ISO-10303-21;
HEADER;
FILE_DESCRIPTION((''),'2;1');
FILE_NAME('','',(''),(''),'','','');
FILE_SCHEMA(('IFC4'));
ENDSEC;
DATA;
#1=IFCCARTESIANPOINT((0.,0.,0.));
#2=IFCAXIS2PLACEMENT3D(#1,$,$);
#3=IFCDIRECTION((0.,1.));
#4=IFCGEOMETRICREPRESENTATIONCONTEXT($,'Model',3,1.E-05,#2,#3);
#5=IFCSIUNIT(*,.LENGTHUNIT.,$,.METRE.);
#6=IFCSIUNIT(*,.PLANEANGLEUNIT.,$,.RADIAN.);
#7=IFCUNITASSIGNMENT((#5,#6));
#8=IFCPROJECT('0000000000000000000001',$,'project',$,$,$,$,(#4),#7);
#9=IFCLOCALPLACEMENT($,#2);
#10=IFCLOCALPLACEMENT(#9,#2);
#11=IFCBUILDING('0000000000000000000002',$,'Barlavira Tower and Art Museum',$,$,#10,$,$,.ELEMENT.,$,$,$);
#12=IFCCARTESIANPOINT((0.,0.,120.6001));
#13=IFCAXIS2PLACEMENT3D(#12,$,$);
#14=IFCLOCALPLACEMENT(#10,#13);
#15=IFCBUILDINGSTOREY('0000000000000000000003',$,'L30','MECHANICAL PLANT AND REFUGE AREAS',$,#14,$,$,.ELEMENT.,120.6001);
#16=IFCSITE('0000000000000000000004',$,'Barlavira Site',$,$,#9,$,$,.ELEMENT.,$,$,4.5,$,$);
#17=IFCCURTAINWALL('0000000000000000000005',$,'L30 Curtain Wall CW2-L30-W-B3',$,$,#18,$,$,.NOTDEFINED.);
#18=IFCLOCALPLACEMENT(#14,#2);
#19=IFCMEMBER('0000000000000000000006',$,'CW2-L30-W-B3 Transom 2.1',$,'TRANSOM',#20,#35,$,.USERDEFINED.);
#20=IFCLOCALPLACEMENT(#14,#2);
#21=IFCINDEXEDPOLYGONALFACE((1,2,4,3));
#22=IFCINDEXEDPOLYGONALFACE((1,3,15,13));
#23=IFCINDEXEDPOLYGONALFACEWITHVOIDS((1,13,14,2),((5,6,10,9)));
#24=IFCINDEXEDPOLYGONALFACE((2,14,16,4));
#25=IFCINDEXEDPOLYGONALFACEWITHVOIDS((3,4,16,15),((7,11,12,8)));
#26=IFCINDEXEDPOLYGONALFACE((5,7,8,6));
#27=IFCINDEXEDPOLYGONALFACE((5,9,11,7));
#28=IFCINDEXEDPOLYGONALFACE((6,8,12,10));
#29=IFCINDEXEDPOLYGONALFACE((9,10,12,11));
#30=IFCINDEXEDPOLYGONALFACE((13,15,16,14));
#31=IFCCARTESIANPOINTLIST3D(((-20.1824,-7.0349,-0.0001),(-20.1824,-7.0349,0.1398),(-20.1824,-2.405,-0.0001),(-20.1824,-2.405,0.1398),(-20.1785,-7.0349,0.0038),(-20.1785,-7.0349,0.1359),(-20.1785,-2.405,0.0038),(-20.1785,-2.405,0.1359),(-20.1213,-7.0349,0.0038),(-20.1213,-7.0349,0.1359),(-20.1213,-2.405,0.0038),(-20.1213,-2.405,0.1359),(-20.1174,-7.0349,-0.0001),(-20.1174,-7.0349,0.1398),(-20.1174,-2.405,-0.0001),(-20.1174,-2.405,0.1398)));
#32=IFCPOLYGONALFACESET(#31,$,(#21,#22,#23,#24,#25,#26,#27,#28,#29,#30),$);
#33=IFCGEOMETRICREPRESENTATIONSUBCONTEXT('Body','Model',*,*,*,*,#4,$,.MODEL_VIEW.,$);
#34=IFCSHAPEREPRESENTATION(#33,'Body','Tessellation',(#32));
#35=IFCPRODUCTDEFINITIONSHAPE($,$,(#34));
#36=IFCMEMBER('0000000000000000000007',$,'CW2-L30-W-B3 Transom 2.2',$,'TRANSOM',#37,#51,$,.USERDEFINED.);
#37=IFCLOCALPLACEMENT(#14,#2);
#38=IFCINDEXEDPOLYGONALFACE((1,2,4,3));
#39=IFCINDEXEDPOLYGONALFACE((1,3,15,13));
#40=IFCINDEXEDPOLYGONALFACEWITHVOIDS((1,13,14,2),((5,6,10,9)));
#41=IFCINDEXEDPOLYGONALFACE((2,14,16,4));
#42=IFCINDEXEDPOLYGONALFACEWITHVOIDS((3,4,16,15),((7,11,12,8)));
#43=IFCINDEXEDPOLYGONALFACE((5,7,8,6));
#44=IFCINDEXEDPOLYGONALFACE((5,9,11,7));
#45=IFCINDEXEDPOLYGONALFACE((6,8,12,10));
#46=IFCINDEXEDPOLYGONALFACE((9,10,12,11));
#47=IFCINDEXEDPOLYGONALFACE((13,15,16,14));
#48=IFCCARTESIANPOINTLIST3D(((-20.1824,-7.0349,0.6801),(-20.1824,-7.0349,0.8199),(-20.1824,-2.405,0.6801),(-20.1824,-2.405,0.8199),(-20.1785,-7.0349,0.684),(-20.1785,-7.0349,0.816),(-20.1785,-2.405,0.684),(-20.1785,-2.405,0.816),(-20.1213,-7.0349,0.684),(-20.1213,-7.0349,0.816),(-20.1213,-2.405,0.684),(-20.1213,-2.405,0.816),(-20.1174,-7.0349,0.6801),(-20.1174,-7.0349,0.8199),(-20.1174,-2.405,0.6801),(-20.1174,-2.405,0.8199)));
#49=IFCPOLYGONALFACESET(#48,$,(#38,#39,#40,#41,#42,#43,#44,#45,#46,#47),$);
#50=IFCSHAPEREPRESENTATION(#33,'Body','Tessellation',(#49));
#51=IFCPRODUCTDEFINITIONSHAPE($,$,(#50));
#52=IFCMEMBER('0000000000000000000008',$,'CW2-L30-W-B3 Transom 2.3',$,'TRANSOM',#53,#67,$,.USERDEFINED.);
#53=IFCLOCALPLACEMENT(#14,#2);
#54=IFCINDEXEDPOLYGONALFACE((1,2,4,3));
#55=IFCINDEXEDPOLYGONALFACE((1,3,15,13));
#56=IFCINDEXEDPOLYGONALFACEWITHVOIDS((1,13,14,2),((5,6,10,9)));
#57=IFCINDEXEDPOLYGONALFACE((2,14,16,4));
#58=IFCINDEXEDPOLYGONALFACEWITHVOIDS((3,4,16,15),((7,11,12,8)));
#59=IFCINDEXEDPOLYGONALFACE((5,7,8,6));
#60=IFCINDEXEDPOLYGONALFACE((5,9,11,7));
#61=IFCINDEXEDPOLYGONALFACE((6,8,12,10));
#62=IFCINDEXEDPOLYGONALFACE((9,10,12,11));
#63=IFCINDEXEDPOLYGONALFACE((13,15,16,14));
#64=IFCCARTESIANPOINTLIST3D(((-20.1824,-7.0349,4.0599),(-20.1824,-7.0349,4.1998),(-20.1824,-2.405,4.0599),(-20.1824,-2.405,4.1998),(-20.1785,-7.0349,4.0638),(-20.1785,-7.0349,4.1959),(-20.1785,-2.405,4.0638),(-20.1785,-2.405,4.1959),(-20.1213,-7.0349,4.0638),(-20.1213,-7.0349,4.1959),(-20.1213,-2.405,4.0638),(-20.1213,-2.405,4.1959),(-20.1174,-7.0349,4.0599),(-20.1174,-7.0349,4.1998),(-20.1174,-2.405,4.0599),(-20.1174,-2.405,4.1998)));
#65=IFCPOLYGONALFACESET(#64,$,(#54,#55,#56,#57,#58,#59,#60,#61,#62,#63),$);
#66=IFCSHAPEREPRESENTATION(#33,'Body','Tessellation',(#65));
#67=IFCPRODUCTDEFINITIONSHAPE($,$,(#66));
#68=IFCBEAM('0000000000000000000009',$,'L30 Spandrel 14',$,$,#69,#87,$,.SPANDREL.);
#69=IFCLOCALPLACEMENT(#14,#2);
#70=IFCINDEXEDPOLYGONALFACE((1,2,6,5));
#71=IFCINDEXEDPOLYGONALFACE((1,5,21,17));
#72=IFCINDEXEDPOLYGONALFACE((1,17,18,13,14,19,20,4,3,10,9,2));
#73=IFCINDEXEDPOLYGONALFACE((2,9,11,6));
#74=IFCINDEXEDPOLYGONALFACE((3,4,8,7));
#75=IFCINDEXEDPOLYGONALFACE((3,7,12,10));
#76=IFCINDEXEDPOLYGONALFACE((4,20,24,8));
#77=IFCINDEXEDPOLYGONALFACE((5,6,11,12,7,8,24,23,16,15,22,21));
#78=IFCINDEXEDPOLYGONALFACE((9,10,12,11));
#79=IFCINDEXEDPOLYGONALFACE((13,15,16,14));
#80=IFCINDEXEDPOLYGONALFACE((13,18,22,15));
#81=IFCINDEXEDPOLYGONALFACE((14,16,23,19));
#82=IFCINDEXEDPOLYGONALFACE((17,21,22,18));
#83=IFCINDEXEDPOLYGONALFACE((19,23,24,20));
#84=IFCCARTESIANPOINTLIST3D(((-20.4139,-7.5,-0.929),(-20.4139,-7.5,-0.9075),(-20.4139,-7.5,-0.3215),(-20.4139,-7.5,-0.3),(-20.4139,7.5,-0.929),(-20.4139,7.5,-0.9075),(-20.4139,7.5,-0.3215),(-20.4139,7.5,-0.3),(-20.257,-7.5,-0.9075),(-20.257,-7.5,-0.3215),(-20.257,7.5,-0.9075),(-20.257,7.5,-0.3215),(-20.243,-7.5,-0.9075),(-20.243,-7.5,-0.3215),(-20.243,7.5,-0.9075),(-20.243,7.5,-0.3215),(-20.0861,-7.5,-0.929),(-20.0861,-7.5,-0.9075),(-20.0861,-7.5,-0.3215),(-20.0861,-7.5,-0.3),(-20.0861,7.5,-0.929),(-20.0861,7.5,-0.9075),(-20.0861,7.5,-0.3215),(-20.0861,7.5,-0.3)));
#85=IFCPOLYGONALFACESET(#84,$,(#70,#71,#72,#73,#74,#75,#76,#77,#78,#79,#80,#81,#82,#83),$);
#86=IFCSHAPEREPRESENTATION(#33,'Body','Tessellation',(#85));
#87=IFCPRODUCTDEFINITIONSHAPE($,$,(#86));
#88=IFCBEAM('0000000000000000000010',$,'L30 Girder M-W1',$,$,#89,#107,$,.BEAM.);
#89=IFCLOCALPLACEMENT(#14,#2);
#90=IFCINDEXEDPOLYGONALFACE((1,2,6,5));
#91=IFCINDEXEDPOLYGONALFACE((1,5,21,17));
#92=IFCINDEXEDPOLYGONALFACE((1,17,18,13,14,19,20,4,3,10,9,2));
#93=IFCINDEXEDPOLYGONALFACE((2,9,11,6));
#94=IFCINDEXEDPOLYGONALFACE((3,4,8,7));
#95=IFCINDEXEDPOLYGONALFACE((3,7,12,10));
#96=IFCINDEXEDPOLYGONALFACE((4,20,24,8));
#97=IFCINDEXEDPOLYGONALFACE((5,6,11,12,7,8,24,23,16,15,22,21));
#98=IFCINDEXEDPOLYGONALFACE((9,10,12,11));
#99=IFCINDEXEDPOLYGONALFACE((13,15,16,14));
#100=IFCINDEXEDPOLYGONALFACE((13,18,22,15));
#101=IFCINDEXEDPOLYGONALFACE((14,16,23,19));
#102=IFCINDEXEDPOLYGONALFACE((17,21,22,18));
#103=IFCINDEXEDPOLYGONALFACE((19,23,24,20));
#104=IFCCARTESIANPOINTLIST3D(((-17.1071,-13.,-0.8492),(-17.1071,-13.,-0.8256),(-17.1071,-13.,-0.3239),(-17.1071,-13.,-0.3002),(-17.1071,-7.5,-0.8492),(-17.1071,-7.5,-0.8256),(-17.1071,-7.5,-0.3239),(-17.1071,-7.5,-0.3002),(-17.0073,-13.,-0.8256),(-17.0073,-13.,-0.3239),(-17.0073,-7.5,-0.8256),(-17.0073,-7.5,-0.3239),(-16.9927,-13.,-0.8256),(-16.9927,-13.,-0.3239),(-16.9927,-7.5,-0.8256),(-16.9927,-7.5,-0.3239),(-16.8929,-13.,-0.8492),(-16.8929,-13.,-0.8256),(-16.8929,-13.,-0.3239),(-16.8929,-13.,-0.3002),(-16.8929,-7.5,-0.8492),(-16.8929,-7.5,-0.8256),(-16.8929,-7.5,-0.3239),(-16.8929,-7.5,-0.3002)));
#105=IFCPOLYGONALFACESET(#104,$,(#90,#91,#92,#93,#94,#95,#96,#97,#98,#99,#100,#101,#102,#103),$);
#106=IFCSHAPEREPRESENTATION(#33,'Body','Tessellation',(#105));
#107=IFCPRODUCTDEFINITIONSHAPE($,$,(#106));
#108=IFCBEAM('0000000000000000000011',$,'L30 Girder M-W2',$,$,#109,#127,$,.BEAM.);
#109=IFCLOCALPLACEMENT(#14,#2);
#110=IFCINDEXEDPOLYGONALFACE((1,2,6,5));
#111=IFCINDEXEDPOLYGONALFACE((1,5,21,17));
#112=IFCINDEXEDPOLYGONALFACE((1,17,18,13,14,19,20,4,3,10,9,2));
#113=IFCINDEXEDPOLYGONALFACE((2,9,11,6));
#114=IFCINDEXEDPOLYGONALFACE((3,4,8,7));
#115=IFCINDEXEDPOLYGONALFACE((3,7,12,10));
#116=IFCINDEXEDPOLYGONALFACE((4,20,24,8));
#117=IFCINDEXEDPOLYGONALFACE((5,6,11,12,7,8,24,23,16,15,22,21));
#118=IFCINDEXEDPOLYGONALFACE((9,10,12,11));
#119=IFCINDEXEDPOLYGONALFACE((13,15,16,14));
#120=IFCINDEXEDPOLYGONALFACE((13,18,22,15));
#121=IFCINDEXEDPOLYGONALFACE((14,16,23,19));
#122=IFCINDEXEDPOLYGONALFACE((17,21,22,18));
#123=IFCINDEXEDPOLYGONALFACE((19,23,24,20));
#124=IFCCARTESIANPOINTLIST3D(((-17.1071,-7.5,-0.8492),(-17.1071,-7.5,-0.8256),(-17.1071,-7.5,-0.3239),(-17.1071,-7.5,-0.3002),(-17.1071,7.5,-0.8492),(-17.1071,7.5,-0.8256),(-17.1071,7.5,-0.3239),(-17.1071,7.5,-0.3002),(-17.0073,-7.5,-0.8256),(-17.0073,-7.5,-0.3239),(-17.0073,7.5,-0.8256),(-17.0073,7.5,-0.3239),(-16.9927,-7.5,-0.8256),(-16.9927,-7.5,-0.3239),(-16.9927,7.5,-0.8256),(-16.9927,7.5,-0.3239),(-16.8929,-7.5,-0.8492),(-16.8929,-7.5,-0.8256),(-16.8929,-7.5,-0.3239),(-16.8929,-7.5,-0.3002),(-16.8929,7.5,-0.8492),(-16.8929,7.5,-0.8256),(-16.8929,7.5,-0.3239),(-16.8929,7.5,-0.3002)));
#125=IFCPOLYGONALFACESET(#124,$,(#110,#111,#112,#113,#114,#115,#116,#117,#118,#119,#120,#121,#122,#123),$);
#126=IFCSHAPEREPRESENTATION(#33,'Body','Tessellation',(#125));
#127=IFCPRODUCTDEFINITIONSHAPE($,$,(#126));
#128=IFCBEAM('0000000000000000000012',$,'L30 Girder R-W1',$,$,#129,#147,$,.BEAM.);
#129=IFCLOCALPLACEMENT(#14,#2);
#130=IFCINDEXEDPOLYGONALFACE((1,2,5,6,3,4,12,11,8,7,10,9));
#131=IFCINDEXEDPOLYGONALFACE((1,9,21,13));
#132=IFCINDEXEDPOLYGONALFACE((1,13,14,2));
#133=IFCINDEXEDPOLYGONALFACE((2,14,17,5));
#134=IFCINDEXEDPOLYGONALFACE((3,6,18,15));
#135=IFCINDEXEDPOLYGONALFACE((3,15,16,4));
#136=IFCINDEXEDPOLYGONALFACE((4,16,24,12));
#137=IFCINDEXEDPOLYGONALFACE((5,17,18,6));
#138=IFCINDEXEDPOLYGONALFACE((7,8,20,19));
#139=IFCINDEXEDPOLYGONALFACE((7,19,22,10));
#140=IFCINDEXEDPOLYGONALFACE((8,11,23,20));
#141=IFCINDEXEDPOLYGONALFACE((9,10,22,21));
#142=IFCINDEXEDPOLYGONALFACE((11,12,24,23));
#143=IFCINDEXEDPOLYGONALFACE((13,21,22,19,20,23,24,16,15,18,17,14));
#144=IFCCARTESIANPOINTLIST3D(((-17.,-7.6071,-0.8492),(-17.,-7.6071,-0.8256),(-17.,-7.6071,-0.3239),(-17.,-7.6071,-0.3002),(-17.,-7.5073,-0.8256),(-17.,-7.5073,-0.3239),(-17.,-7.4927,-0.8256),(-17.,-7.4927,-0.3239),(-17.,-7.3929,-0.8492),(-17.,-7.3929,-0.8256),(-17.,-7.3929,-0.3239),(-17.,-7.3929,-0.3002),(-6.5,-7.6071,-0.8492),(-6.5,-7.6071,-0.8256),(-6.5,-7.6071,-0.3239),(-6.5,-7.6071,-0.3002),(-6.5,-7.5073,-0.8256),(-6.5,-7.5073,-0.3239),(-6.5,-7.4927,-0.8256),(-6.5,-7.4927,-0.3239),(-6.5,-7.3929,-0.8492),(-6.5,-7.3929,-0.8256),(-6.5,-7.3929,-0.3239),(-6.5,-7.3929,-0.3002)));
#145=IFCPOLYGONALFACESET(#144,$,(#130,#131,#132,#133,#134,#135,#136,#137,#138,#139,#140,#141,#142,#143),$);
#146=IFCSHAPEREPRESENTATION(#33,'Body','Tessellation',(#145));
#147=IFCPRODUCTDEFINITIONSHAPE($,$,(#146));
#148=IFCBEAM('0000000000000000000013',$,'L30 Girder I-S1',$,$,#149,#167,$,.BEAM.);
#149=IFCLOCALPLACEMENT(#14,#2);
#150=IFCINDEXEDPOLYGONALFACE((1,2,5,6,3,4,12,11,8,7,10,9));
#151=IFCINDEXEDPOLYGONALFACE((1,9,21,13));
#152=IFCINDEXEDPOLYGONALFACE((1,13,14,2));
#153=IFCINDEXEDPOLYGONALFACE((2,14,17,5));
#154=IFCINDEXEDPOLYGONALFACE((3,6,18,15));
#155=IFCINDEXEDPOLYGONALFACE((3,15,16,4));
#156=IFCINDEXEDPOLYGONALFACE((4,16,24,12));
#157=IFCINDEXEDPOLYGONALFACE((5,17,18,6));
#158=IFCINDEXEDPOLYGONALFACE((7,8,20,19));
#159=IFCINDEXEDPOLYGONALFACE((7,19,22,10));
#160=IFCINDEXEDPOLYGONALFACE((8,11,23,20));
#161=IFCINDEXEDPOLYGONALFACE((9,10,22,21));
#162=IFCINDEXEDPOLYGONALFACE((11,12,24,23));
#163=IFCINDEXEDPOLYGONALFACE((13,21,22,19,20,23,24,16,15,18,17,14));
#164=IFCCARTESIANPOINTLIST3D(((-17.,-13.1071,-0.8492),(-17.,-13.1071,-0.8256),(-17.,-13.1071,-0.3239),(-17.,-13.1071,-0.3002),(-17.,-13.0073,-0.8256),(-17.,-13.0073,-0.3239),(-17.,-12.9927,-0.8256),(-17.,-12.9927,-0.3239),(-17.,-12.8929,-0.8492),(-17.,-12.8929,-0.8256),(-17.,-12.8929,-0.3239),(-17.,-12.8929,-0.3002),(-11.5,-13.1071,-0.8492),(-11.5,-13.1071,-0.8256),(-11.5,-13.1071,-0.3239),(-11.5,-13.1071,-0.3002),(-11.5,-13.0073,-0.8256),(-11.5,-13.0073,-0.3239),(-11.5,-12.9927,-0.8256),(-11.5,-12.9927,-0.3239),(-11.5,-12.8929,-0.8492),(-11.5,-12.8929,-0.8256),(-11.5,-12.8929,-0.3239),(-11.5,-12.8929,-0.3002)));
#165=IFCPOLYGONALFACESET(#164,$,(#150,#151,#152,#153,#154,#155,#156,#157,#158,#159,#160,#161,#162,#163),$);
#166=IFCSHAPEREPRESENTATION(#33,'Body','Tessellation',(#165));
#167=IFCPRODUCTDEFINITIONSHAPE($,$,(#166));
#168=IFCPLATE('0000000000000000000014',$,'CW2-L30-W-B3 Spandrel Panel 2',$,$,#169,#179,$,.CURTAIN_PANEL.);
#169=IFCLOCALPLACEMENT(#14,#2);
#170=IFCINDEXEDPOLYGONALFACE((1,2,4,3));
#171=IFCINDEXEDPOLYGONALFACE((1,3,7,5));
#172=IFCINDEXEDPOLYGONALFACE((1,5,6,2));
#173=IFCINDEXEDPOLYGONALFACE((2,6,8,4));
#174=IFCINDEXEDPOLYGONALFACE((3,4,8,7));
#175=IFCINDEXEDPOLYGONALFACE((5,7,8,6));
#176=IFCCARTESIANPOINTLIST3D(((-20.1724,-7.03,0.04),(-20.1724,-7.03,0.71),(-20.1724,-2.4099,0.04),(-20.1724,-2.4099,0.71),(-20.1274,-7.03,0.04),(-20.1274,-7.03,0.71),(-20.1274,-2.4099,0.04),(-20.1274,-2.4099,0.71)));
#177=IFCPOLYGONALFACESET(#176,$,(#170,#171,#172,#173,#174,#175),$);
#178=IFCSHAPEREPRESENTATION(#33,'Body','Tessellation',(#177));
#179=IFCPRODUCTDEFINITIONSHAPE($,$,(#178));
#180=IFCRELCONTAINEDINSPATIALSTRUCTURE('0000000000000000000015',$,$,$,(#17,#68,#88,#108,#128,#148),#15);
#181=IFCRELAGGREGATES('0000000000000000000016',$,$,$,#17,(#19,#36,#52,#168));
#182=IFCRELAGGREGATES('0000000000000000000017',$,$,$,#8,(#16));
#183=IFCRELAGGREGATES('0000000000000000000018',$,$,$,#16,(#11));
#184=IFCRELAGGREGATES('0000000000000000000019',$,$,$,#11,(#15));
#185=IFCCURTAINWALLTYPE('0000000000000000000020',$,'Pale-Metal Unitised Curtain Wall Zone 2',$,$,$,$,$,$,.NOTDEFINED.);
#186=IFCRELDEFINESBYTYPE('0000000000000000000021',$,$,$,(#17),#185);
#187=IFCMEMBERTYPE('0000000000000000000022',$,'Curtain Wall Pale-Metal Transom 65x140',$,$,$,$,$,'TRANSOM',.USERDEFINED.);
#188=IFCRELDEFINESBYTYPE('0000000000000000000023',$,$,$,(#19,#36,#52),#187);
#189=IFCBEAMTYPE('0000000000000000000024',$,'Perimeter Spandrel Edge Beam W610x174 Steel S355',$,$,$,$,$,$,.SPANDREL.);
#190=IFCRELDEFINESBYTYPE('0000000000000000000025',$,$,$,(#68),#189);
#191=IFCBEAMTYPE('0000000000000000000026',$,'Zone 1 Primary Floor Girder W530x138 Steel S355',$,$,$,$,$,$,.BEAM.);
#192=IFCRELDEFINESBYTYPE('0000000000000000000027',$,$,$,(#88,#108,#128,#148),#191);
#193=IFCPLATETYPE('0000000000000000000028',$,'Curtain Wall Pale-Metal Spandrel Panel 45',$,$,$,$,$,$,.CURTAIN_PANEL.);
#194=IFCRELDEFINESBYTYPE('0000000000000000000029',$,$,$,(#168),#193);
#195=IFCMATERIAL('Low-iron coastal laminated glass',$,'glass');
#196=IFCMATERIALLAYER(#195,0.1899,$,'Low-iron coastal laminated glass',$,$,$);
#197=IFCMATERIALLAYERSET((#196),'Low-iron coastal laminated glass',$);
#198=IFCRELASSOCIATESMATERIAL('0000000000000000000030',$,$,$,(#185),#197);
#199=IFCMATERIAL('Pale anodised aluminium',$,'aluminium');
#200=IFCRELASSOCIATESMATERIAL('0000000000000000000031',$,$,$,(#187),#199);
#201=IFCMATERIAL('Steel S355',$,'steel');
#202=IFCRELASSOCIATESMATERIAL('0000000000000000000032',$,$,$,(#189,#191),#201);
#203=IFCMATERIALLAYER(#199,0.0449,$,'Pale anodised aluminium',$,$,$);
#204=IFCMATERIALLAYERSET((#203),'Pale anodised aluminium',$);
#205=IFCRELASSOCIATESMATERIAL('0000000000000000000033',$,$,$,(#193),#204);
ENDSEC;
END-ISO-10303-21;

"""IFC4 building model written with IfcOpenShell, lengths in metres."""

from ifc_helpers import new_model, si_unit, direction, frame, origin, origin_2d, place, context, subcontext, project, spatial, rectangle, hollow_rectangle, i_section, extrude, material, layer, layer_set, material_profile, profile_set, type_object, element, aggregate, save


model = new_model("IFC4")

# Units and contexts
model_context = context("Model", 3, precision=1e-05, world=origin(), true_north=direction((0.0, 1.0)))
body_context = subcontext(model_context, "Body", "Model", "MODEL_VIEW")
ifc_project = project(units=[si_unit("LENGTHUNIT", "METRE"), si_unit("PLANEANGLEUNIT", "RADIAN")], contexts=[model_context])

# Site, building, storey
site_placement = place(None, origin())
site = spatial("IfcSite", under=ifc_project, at=site_placement, Name="Barlavira Site", CompositionType="ELEMENT", RefElevation=4.5)
building_placement = place(site_placement, origin())
building = spatial("IfcBuilding", under=site, at=building_placement, Name="Barlavira Tower and Art Museum", CompositionType="ELEMENT")
storey_placement = place(building_placement, frame((0.0, 0.0, 120.6001)))
storey = spatial("IfcBuildingStorey", under=building, at=storey_placement, Name="L30", Description="MECHANICAL PLANT AND REFUGE AREAS", CompositionType="ELEMENT", Elevation=120.6001)

# Shared definitions
ifc_material_1 = material(Name="Steel S355", Category="steel")

# Curtain wall, members
ifc_material_2 = material(Name="Low-iron coastal laminated glass", Category="glass")
ifc_layer_1 = layer(ifc_material_2, 0.1899, Name="Low-iron coastal laminated glass")
ifc_layer_set_1 = layer_set([ifc_layer_1], Name="Low-iron coastal laminated glass")
curtain_wall_type = type_object("IfcCurtainWallType", Name="Pale-Metal Unitised Curtain Wall Zone 2", PredefinedType="NOTDEFINED", material=ifc_layer_set_1)
curtain_wall_placement = place(storey_placement, origin())
curtain_wall = element("IfcCurtainWall", 1, at=curtain_wall_placement, inside=storey, type_object=curtain_wall_type, Name="L30 Curtain Wall CW2-L30-W-B3", PredefinedType="NOTDEFINED")
ifc_material_3 = material(Name="Pale anodised aluminium", Category="aluminium")
ifc_material_profile_1 = material_profile(ifc_material_3, hollow_rectangle(XDim=0.0649, YDim=0.1399, WallThickness=0.0039, at=origin_2d()), Name="ALU-TRAN 65x140x4")
ifc_profile_set_1 = profile_set([ifc_material_profile_1], Name="Pale anodised aluminium")
member_type_1 = type_object("IfcMemberType", Name="Curtain Wall Pale-Metal Transom 65x140", ElementType="TRANSOM", PredefinedType="USERDEFINED", material=ifc_profile_set_1)
member_1_placement = place(storey_placement, frame((-20.1499, -2.405, 0.0698), z_axis=(0.0, -1.0, 0.0), x_axis=(1.0, 0.0, 0.0)))
member_1 = element("IfcMember", 2, at=member_1_placement, type_object=member_type_1, Name="CW2-L30-W-B3 Transom 2.1", ObjectType="TRANSOM", PredefinedType="USERDEFINED", context=body_context, shape_type="SweptSolid", body=[
    extrude(hollow_rectangle(XDim=0.0649, YDim=0.1399, WallThickness=0.0039, at=origin_2d()), origin(), (0.0, 0.0, 1.0), 4.6299),
])
member_2_placement = place(storey_placement, frame((-20.1499, -2.405, 0.75), z_axis=(0.0, -1.0, 0.0), x_axis=(1.0, 0.0, 0.0)))
member_2 = element("IfcMember", 3, at=member_2_placement, type_object=member_type_1, Name="CW2-L30-W-B3 Transom 2.2", ObjectType="TRANSOM", PredefinedType="USERDEFINED", context=body_context, shape_type="SweptSolid", body=[
    extrude(hollow_rectangle(XDim=0.0649, YDim=0.1399, WallThickness=0.0039, at=origin_2d()), origin(), (0.0, 0.0, 1.0), 4.6299),
])
member_3_placement = place(storey_placement, frame((-20.1499, -2.405, 4.1299), z_axis=(0.0, -1.0, 0.0), x_axis=(1.0, 0.0, 0.0)))
member_3 = element("IfcMember", 4, at=member_3_placement, type_object=member_type_1, Name="CW2-L30-W-B3 Transom 2.3", ObjectType="TRANSOM", PredefinedType="USERDEFINED", context=body_context, shape_type="SweptSolid", body=[
    extrude(hollow_rectangle(XDim=0.0649, YDim=0.1399, WallThickness=0.0039, at=origin_2d()), origin(), (0.0, 0.0, 1.0), 4.6299),
])

# Beams
ifc_material_profile_2 = material_profile(ifc_material_1, i_section(OverallWidth=0.3279, OverallDepth=0.6289, WebThickness=0.0139, FlangeThickness=0.0215, at=origin_2d()), Name="W610x174.0")
ifc_profile_set_2 = profile_set([ifc_material_profile_2], Name="Steel S355")
beam_type_1 = type_object("IfcBeamType", Name="Perimeter Spandrel Edge Beam W610x174 Steel S355", PredefinedType="SPANDREL", material=ifc_profile_set_2)
beam_1_placement = place(storey_placement, frame((-20.25, -7.5, -0.6145), z_axis=(0.0, 1.0, 0.0), x_axis=(-1.0, 0.0, 0.0)))
element("IfcBeam", 5, at=beam_1_placement, inside=storey, type_object=beam_type_1, Name="L30 Spandrel 14", PredefinedType="SPANDREL", context=body_context, shape_type="SweptSolid", body=[
    extrude(i_section(OverallWidth=0.3279, OverallDepth=0.6289, WebThickness=0.0139, FlangeThickness=0.0215, at=origin_2d()), origin(), (0.0, 0.0, 1.0), 15.0),
])
ifc_material_profile_3 = material_profile(ifc_material_1, i_section(OverallWidth=0.2141, OverallDepth=0.5491, WebThickness=0.0146, FlangeThickness=0.0237, at=origin_2d()), Name="W530x138.0")
ifc_profile_set_3 = profile_set([ifc_material_profile_3], Name="Steel S355")
beam_type_2 = type_object("IfcBeamType", Name="Zone 1 Primary Floor Girder W530x138 Steel S355", PredefinedType="BEAM", material=ifc_profile_set_3)
beam_2_placement = place(storey_placement, frame((-17.0, -13.0, -0.5747), z_axis=(0.0, 1.0, 0.0), x_axis=(-1.0, 0.0, 0.0)))
element("IfcBeam", 6, at=beam_2_placement, inside=storey, type_object=beam_type_2, Name="L30 Girder M-W1", PredefinedType="BEAM", context=body_context, shape_type="SweptSolid", body=[
    extrude(i_section(OverallWidth=0.2141, OverallDepth=0.5491, WebThickness=0.0146, FlangeThickness=0.0237, at=origin_2d()), origin(), (0.0, 0.0, 1.0), 5.5),
])
beam_3_placement = place(storey_placement, frame((-17.0, -7.5, -0.5747), z_axis=(0.0, 1.0, 0.0), x_axis=(-1.0, 0.0, 0.0)))
element("IfcBeam", 7, at=beam_3_placement, inside=storey, type_object=beam_type_2, Name="L30 Girder M-W2", PredefinedType="BEAM", context=body_context, shape_type="SweptSolid", body=[
    extrude(i_section(OverallWidth=0.2141, OverallDepth=0.5491, WebThickness=0.0146, FlangeThickness=0.0237, at=origin_2d()), origin(), (0.0, 0.0, 1.0), 15.0),
])
beam_4_placement = place(storey_placement, frame((-17.0, -7.5, -0.5747), z_axis=(1.0, 0.0, 0.0), x_axis=(0.0, 1.0, 0.0)))
element("IfcBeam", 8, at=beam_4_placement, inside=storey, type_object=beam_type_2, Name="L30 Girder R-W1", PredefinedType="BEAM", context=body_context, shape_type="SweptSolid", body=[
    extrude(i_section(OverallWidth=0.2141, OverallDepth=0.5491, WebThickness=0.0146, FlangeThickness=0.0237, at=origin_2d()), origin(), (0.0, 0.0, 1.0), 10.5),
])
beam_5_placement = place(storey_placement, frame((-17.0, -13.0, -0.5747), z_axis=(1.0, 0.0, 0.0), x_axis=(0.0, 1.0, 0.0)))
element("IfcBeam", 9, at=beam_5_placement, inside=storey, type_object=beam_type_2, Name="L30 Girder I-S1", PredefinedType="BEAM", context=body_context, shape_type="SweptSolid", body=[
    extrude(i_section(OverallWidth=0.2141, OverallDepth=0.5491, WebThickness=0.0146, FlangeThickness=0.0237, at=origin_2d()), origin(), (0.0, 0.0, 1.0), 5.5),
])

# Plate
ifc_layer_2 = layer(ifc_material_3, 0.0449, Name="Pale anodised aluminium")
ifc_layer_set_2 = layer_set([ifc_layer_2], Name="Pale anodised aluminium")
plate_type_1 = type_object("IfcPlateType", Name="Curtain Wall Pale-Metal Spandrel Panel 45", PredefinedType="CURTAIN_PANEL", material=ifc_layer_set_2)
plate_1_placement = place(storey_placement, frame((-20.1499, -4.72, 0.04), z_axis=(0.0, 0.0, 1.0), x_axis=(0.0, -1.0, 0.0)))
plate_1 = element("IfcPlate", 10, at=plate_1_placement, type_object=plate_type_1, Name="CW2-L30-W-B3 Spandrel Panel 2", PredefinedType="CURTAIN_PANEL", context=body_context, shape_type="SweptSolid", body=[
    extrude(rectangle(XDim=4.6201, YDim=0.0449, at=origin_2d()), origin(), (0.0, 0.0, 1.0), 0.6699),
])
aggregate(curtain_wall, [member_1, member_2, member_3, plate_1])

save(model, "model.ifc")
